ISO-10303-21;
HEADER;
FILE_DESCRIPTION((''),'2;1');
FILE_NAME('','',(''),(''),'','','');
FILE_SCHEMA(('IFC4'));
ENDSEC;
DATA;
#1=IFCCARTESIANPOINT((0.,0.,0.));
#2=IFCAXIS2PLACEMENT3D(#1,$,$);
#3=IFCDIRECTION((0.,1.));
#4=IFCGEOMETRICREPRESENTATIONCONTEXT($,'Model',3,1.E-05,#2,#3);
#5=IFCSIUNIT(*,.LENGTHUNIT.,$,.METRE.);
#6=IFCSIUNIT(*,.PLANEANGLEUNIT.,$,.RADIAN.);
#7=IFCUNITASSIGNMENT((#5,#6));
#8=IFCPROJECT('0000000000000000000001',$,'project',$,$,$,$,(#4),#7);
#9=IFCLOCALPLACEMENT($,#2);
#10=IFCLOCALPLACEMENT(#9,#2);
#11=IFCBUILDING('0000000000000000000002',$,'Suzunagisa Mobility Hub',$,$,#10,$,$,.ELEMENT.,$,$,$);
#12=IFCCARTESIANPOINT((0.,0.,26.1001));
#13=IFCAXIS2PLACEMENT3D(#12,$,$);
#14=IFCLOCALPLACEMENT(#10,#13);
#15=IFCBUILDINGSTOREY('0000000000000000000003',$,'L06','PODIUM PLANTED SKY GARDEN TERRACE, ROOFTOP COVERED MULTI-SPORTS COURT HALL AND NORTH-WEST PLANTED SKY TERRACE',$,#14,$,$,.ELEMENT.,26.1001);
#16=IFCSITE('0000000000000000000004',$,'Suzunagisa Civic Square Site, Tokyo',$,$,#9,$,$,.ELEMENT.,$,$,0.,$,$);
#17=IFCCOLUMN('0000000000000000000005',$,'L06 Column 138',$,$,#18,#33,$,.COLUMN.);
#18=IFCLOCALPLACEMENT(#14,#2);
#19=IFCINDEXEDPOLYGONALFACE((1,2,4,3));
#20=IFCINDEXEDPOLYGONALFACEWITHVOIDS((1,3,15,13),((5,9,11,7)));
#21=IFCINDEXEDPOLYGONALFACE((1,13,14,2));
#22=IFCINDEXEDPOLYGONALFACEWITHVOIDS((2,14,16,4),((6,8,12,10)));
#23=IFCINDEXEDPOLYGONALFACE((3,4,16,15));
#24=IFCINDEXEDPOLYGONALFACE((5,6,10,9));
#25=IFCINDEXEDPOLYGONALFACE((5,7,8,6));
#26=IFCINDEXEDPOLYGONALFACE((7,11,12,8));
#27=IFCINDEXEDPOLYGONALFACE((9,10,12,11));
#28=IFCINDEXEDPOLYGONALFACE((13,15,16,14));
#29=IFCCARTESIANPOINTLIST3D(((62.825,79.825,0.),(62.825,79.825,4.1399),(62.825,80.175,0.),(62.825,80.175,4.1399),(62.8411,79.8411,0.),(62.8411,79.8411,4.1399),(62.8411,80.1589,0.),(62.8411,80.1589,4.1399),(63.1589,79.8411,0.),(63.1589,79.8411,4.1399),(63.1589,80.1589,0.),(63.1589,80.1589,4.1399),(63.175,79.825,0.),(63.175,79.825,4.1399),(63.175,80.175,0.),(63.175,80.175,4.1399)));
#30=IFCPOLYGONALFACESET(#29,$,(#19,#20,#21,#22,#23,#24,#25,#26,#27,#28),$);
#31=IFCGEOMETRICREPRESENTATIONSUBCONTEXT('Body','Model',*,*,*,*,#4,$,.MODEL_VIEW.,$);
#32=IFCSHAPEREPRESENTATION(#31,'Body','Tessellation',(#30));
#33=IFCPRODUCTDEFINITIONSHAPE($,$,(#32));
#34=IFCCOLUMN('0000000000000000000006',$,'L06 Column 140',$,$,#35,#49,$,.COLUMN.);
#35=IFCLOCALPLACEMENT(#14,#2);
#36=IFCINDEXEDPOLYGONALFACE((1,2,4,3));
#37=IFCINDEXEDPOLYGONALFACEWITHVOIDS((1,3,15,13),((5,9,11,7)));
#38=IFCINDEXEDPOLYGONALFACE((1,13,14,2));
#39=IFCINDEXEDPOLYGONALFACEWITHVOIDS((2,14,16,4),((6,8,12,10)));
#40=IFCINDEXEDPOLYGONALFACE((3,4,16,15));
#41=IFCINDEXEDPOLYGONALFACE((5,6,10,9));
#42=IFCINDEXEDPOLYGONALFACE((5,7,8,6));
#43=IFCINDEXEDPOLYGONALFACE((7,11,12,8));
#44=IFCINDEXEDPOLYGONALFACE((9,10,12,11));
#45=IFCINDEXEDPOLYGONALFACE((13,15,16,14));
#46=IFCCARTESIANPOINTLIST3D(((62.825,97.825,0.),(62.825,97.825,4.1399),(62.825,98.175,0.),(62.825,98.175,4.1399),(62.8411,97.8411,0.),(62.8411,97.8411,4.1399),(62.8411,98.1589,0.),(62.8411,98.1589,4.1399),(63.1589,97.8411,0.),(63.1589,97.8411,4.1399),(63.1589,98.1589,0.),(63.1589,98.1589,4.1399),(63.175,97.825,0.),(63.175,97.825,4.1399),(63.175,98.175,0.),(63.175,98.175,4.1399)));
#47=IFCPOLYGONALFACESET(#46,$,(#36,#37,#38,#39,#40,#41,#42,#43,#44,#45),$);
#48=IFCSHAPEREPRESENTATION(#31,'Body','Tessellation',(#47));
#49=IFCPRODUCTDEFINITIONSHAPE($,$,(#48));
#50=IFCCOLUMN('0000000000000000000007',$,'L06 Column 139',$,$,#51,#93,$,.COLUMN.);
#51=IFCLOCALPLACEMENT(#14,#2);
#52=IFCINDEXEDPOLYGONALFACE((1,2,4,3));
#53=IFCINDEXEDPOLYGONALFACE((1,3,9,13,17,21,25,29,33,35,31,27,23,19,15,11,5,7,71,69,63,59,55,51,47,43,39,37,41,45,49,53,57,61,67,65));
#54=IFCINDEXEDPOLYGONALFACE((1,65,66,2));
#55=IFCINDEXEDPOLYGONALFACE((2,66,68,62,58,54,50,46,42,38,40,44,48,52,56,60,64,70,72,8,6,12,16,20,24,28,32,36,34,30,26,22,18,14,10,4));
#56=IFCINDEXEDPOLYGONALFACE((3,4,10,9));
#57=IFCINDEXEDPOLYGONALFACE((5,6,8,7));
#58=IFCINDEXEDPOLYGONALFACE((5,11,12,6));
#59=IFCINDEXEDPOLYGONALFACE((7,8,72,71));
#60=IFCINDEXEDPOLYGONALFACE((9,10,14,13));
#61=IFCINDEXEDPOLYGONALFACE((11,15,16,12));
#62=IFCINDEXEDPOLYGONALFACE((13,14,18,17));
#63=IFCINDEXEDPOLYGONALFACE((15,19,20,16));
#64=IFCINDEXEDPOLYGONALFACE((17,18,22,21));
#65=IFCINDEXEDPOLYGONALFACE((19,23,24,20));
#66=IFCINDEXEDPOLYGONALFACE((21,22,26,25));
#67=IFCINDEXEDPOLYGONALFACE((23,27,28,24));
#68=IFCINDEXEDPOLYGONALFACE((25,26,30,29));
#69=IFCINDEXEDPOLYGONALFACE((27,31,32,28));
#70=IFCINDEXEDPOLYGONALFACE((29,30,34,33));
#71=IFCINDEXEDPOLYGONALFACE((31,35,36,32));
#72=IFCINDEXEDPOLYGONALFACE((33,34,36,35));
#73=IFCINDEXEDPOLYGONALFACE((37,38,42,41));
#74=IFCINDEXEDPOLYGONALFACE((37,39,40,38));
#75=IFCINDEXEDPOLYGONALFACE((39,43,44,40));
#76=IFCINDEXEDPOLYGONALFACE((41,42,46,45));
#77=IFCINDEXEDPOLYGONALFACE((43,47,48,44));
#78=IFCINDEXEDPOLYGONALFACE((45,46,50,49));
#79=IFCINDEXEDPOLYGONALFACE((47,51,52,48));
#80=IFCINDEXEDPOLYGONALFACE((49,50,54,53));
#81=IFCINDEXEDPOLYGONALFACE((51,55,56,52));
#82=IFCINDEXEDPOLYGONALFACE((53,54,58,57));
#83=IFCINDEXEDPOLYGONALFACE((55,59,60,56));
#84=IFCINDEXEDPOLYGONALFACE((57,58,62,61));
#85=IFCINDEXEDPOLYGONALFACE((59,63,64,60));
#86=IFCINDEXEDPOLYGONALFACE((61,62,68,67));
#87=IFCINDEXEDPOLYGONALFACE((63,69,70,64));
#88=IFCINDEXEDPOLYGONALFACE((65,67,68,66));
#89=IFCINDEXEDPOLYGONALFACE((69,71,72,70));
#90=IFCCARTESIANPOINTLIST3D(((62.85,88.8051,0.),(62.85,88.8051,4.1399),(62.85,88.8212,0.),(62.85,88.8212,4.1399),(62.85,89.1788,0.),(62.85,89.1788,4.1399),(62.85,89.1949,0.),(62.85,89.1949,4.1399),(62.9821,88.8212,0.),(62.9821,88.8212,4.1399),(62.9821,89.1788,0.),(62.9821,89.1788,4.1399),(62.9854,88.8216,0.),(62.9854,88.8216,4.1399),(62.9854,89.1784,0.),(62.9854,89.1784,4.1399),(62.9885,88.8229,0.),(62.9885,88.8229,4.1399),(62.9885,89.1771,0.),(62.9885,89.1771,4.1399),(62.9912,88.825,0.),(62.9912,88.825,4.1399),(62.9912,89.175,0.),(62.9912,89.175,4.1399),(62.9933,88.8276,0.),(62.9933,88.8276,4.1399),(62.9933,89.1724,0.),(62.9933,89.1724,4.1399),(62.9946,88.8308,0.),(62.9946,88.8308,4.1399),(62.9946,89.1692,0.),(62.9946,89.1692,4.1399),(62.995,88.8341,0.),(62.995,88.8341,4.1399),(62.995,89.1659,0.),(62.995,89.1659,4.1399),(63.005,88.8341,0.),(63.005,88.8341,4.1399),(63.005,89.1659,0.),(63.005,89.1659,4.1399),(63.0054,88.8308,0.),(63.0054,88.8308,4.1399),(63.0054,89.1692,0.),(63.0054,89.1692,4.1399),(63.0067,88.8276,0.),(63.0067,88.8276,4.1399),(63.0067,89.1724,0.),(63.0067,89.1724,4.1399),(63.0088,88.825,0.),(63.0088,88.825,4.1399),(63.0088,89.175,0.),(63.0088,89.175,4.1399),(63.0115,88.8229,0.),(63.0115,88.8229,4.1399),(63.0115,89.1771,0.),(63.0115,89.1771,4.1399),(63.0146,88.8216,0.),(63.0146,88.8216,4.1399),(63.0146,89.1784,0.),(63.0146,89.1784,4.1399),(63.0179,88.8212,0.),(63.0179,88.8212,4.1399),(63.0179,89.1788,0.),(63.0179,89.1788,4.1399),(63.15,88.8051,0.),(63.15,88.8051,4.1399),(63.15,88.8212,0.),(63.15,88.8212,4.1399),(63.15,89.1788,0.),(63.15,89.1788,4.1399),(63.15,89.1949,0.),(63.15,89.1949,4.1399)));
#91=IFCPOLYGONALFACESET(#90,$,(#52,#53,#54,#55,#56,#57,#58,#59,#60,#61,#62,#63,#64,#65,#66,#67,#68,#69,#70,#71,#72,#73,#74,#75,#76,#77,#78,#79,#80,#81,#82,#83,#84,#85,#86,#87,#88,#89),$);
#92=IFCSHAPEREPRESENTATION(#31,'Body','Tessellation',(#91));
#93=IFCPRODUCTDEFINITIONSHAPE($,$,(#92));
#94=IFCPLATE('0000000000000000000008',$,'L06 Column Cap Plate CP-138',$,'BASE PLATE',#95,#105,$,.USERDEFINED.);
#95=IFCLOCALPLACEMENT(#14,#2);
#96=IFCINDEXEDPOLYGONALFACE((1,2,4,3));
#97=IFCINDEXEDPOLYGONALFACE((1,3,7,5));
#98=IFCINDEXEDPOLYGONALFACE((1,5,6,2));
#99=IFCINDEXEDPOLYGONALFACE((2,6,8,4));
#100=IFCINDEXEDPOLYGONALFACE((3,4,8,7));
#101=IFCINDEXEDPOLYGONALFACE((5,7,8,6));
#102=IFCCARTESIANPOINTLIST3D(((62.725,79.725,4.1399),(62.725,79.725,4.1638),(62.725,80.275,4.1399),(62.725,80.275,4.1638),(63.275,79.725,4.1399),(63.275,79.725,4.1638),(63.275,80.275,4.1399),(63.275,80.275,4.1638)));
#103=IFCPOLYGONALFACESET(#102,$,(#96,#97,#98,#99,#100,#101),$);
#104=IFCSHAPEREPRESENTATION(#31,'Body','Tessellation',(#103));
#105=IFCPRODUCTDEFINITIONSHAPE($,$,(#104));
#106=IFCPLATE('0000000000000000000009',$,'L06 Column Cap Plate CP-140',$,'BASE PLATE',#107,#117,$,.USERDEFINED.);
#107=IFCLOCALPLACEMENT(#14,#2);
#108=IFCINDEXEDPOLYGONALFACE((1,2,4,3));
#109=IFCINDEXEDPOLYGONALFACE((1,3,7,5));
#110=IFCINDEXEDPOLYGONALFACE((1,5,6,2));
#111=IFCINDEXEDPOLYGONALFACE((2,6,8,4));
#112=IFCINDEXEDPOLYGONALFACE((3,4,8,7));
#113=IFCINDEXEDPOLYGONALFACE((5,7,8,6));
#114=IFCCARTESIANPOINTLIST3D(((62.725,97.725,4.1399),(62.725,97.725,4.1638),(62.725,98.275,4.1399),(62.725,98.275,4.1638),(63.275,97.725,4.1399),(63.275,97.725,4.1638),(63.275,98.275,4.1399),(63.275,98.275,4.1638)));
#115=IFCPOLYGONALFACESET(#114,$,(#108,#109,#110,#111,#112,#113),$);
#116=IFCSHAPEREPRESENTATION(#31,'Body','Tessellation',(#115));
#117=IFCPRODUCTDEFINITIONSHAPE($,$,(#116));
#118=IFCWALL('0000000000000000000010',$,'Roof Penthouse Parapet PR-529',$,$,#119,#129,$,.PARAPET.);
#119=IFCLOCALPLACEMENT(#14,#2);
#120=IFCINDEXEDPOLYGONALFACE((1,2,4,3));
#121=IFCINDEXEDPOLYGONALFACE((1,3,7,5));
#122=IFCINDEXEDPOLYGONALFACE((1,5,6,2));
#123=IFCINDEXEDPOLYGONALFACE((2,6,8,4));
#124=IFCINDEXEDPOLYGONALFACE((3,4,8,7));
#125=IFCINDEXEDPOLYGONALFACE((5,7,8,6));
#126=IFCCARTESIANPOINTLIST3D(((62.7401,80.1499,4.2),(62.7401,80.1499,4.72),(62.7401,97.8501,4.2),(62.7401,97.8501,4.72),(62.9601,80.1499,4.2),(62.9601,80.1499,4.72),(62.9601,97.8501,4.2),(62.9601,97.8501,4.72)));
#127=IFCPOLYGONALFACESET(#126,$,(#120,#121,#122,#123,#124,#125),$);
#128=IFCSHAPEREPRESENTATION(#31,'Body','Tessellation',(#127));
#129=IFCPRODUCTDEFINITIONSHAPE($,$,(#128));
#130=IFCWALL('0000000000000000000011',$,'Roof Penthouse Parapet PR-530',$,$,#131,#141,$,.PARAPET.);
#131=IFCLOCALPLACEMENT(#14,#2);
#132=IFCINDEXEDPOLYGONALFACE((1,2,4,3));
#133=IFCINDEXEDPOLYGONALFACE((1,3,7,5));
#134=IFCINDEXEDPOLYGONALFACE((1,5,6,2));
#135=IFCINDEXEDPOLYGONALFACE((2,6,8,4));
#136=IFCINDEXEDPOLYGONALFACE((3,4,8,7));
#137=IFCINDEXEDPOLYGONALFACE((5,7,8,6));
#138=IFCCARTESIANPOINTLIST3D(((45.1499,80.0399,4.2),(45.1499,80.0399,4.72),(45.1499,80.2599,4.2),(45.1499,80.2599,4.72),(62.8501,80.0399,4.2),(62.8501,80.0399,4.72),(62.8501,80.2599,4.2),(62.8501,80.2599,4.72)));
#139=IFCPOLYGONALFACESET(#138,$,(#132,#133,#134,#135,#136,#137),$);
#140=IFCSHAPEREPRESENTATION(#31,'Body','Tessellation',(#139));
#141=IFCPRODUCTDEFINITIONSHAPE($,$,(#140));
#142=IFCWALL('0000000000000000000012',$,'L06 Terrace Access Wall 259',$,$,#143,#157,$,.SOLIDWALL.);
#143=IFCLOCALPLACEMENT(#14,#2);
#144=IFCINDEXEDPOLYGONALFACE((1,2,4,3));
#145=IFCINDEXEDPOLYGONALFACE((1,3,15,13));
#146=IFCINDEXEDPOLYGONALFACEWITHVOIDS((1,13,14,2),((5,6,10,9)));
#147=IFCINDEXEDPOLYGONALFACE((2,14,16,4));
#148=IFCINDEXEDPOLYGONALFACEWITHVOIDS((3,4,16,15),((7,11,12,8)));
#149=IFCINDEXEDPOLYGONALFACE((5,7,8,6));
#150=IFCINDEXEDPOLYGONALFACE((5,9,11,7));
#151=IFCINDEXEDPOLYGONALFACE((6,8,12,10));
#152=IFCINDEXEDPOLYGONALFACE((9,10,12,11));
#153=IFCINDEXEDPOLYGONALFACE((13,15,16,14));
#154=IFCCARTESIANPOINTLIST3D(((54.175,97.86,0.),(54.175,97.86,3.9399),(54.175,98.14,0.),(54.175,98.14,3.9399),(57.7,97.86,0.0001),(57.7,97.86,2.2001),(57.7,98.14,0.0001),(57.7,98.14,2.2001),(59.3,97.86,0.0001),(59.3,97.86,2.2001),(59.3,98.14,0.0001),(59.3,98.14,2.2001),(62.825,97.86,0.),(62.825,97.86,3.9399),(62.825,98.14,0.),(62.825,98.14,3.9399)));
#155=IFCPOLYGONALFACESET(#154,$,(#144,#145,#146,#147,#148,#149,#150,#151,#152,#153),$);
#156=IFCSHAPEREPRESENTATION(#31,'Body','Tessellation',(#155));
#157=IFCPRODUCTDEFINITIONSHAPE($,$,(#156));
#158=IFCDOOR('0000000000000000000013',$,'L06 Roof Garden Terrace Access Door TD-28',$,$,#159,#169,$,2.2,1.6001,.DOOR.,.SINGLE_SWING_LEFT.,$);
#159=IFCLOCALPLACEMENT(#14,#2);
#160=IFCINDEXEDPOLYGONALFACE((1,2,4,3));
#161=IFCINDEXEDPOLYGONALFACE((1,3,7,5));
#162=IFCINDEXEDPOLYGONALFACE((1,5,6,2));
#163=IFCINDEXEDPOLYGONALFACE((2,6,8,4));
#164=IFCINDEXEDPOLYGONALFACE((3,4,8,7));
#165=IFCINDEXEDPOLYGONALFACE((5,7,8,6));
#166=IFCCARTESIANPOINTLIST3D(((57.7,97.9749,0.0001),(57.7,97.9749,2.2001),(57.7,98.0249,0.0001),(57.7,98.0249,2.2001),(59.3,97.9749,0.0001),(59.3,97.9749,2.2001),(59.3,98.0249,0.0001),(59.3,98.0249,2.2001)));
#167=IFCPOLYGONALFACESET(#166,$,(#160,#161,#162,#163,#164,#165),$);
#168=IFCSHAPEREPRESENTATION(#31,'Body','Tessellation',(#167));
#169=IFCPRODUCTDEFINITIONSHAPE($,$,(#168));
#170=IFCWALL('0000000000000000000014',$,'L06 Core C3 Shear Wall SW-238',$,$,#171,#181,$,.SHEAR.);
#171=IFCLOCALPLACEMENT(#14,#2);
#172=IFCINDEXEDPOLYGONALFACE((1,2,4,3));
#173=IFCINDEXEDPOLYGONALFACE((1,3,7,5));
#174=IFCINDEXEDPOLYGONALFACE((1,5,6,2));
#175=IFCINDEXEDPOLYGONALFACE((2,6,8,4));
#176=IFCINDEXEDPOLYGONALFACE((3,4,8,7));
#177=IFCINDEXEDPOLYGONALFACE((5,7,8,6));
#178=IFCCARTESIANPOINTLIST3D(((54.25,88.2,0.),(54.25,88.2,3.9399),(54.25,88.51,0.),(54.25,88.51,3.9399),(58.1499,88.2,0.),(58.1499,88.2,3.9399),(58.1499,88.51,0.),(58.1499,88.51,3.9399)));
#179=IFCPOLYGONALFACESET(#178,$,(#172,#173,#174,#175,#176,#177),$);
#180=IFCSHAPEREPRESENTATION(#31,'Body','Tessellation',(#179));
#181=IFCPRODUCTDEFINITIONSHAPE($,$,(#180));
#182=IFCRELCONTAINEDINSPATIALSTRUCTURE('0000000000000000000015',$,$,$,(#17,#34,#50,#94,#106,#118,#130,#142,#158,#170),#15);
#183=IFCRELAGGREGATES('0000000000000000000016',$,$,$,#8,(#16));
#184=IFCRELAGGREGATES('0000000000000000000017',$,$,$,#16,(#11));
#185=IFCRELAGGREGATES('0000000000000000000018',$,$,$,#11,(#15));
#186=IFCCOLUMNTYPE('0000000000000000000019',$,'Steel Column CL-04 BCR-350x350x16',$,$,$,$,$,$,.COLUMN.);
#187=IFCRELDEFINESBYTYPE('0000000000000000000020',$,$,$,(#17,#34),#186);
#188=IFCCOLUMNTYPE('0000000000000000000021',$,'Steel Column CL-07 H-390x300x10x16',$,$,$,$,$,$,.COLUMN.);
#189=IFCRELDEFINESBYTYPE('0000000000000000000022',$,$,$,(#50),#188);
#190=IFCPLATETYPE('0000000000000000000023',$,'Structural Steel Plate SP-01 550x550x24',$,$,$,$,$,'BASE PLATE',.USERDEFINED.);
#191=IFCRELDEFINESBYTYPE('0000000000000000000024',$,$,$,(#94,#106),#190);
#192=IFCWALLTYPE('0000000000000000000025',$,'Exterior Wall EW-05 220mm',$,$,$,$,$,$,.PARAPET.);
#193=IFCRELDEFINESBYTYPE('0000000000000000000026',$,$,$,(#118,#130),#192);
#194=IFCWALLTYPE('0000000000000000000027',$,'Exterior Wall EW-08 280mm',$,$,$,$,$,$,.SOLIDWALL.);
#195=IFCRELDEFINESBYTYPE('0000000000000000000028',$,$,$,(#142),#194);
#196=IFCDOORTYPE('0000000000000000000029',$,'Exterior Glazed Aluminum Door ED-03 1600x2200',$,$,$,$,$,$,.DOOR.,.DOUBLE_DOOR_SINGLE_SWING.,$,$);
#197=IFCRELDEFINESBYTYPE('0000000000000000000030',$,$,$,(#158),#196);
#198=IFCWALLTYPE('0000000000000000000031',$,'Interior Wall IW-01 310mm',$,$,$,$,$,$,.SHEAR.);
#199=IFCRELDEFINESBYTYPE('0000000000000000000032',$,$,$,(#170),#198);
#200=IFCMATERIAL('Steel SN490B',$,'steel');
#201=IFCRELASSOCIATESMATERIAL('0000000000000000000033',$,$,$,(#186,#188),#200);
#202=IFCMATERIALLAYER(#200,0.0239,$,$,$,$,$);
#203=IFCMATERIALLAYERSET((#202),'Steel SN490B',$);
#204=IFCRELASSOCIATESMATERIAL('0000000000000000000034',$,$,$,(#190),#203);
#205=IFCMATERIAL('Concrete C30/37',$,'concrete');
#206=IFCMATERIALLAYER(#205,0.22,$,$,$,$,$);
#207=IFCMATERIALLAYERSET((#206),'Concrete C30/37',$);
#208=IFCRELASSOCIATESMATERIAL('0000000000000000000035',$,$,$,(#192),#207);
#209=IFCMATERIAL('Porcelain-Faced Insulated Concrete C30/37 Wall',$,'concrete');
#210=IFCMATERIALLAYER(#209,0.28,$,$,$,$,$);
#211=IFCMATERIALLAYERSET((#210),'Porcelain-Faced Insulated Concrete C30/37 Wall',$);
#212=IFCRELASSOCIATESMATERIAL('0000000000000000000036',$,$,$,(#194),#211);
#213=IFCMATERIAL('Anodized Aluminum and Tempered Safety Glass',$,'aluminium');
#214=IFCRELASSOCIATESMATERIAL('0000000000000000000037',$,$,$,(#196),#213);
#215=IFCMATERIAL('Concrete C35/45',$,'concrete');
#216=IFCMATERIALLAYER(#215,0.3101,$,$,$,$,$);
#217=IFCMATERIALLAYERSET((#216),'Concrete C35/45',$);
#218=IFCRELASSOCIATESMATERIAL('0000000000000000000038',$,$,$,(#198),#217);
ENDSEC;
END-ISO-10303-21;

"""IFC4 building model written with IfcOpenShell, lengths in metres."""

from ifc_helpers import new_model, si_unit, direction, frame, frame_2d, origin, origin_2d, place, context, subcontext, project, spatial, rectangle, hollow_rectangle, i_section, extrude, material, layer, layer_set, material_profile, profile_set, type_object, element, fill, save


model = new_model("IFC4")

# Units and contexts
model_context = context("Model", 3, precision=1e-05, world=origin(), true_north=direction((0.0, 1.0)))
body_context = subcontext(model_context, "Body", "Model", "MODEL_VIEW")
ifc_project = project(units=[si_unit("LENGTHUNIT", "METRE"), si_unit("PLANEANGLEUNIT", "RADIAN")], contexts=[model_context])

# Site, building, storey
site_placement = place(None, origin())
site = spatial("IfcSite", under=ifc_project, at=site_placement, Name="Suzunagisa Civic Square Site, Tokyo", CompositionType="ELEMENT", RefElevation=0.0)
building_placement = place(site_placement, origin())
building = spatial("IfcBuilding", under=site, at=building_placement, Name="Suzunagisa Mobility Hub", CompositionType="ELEMENT")
storey_placement = place(building_placement, frame((0.0, 0.0, 26.1001)))
storey = spatial("IfcBuildingStorey", under=building, at=storey_placement, Name="L06", Description="PODIUM PLANTED SKY GARDEN TERRACE, ROOFTOP COVERED MULTI-SPORTS COURT HALL AND NORTH-WEST PLANTED SKY TERRACE", CompositionType="ELEMENT", Elevation=26.1001)

# Columns
ifc_material_1 = material(Name="Steel SN490B", Category="steel")
ifc_material_profile_1 = material_profile(ifc_material_1, hollow_rectangle(XDim=0.3501, YDim=0.3501, WallThickness=0.0161, at=origin_2d()), Name="BCR-350x350x16")
ifc_profile_set_1 = profile_set([ifc_material_profile_1], Name="Steel SN490B")
column_type_1 = type_object("IfcColumnType", Name="Steel Column CL-04 BCR-350x350x16", PredefinedType="COLUMN", material=ifc_profile_set_1)
for number, where, z_axis, x_axis, name in (
    (1, (63.0, 80.0, 0.0), (0.0, 0.0, 1.0), (1.0, 0.0, 0.0), "L06 Column 138"),
    (2, (63.0, 98.0, 0.0), (0.0, 0.0, 1.0), (1.0, 0.0, 0.0), "L06 Column 140"),
):
    element("IfcColumn", number, at=place(storey_placement, frame(where, z_axis=z_axis, x_axis=x_axis)), inside=storey, type_object=column_type_1, Name=name, PredefinedType="COLUMN", context=body_context, shape_type="SweptSolid", body=[
        extrude(hollow_rectangle(XDim=0.3501, YDim=0.3501, WallThickness=0.0161, at=origin_2d()), origin(), (0.0, 0.0, 1.0), 4.1399),
    ])
ifc_material_profile_2 = material_profile(ifc_material_1, i_section(OverallWidth=0.3, OverallDepth=0.3899, WebThickness=0.01, FlangeThickness=0.0161, FilletRadius=0.0129, at=origin_2d()), Name="H-390x300x10x16")
ifc_profile_set_2 = profile_set([ifc_material_profile_2], Name="Steel SN490B")
column_type_2 = type_object("IfcColumnType", Name="Steel Column CL-07 H-390x300x10x16", PredefinedType="COLUMN", material=ifc_profile_set_2)
column_placement = place(storey_placement, frame((63.0, 89.0, 0.0), z_axis=(0.0, 0.0, 1.0), x_axis=(1.0, 0.0, 0.0)))
element("IfcColumn", 3, at=column_placement, inside=storey, type_object=column_type_2, Name="L06 Column 139", PredefinedType="COLUMN", context=body_context, shape_type="SweptSolid", body=[
    extrude(i_section(OverallWidth=0.3, OverallDepth=0.3899, WebThickness=0.01, FlangeThickness=0.0161, FilletRadius=0.0129, at=origin_2d()), origin(), (0.0, 0.0, 1.0), 4.1399),
])

# Plates
ifc_layer_1 = layer(ifc_material_1, 0.0239)
ifc_layer_set_1 = layer_set([ifc_layer_1], Name="Steel SN490B")
plate_type = type_object("IfcPlateType", Name="Structural Steel Plate SP-01 550x550x24", ElementType="BASE PLATE", PredefinedType="USERDEFINED", material=ifc_layer_set_1)
for number, where, z_axis, x_axis, name in (
    (4, (63.0, 80.0, 4.1399), (0.0, 0.0, 1.0), (1.0, 0.0, 0.0), "L06 Column Cap Plate CP-138"),
    (5, (63.0, 98.0, 4.1399), (0.0, 0.0, 1.0), (1.0, 0.0, 0.0), "L06 Column Cap Plate CP-140"),
):
    element("IfcPlate", number, at=place(storey_placement, frame(where, z_axis=z_axis, x_axis=x_axis)), inside=storey, type_object=plate_type, Name=name, ObjectType="BASE PLATE", PredefinedType="USERDEFINED", context=body_context, shape_type="SweptSolid", body=[
        extrude(rectangle(XDim=0.55, YDim=0.55, at=origin_2d()), origin(), (0.0, 0.0, 1.0), 0.0239),
    ])

# Walls
ifc_material_2 = material(Name="Concrete C30/37", Category="concrete")
ifc_layer_2 = layer(ifc_material_2, 0.22)
ifc_layer_set_2 = layer_set([ifc_layer_2], Name="Concrete C30/37")
wall_type_1 = type_object("IfcWallType", Name="Exterior Wall EW-05 220mm", PredefinedType="PARAPET", material=ifc_layer_set_2)
for number, where, z_axis, x_axis, name in (
    (6, (62.8501, 97.8501, 4.2), (0.0, 0.0, 1.0), (0.0, -1.0, 0.0), "Roof Penthouse Parapet PR-529"),
    (7, (62.8501, 80.1499, 4.2), (0.0, 0.0, 1.0), (-1.0, 0.0, 0.0), "Roof Penthouse Parapet PR-530"),
):
    element("IfcWall", number, at=place(storey_placement, frame(where, z_axis=z_axis, x_axis=x_axis)), inside=storey, type_object=wall_type_1, Name=name, PredefinedType="PARAPET", context=body_context, shape_type="SweptSolid", body=[
        extrude(rectangle(XDim=17.7002, YDim=0.22, at=frame_2d((8.8501, 0.0))), origin(), (0.0, 0.0, 1.0), 0.52),
    ])

# Wall, opening, door
ifc_material_3 = material(Name="Porcelain-Faced Insulated Concrete C30/37 Wall", Category="concrete")
ifc_layer_3 = layer(ifc_material_3, 0.28)
ifc_layer_set_3 = layer_set([ifc_layer_3], Name="Porcelain-Faced Insulated Concrete C30/37 Wall")
wall_type_2 = type_object("IfcWallType", Name="Exterior Wall EW-08 280mm", PredefinedType="SOLIDWALL", material=ifc_layer_set_3)
wall_1_placement = place(storey_placement, frame((62.825, 98.0, 0.0), z_axis=(0.0, 0.0, 1.0), x_axis=(-1.0, 0.0, 0.0)))
wall_1 = element("IfcWall", 8, at=wall_1_placement, inside=storey, type_object=wall_type_2, Name="L06 Terrace Access Wall 259", PredefinedType="SOLIDWALL", context=body_context, shape_type="SweptSolid", body=[
    extrude(rectangle(XDim=8.6499, YDim=0.28, at=frame_2d((4.325, 0.0))), origin(), (0.0, 0.0, 1.0), 3.9399),
])
opening_1_placement = place(wall_1_placement, frame((5.125, 0.0, 0.0), z_axis=(0.0, 0.0, 1.0), x_axis=(-1.0, 0.0, 0.0)))
opening_1 = element("IfcOpeningElement", 9, at=opening_1_placement, cuts=wall_1, PredefinedType="OPENING", context=body_context, shape_type="SweptSolid", body=[
    extrude(rectangle(XDim=1.6001, YDim=2.2, at=frame_2d((0.8, 1.1001))), frame((0.0, 0.1509, 0.0), z_axis=(0.0, -1.0, 0.0), x_axis=(1.0, 0.0, 0.0)), (0.0, 0.0, 1.0), 0.302),
])
ifc_material_4 = material(Name="Anodized Aluminum and Tempered Safety Glass", Category="aluminium")
door_type_1 = type_object("IfcDoorType", Name="Exterior Glazed Aluminum Door ED-03 1600x2200", OperationType="DOUBLE_DOOR_SINGLE_SWING", PredefinedType="DOOR", material=ifc_material_4)
door_1_placement = place(opening_1_placement, origin())
door_1 = element("IfcDoor", 10, at=door_1_placement, inside=storey, type_object=door_type_1, Name="L06 Roof Garden Terrace Access Door TD-28", OperationType="SINGLE_SWING_LEFT", OverallHeight=2.2, OverallWidth=1.6001, PredefinedType="DOOR", context=body_context, shape_type="SweptSolid", body=[
    extrude(rectangle(XDim=1.6001, YDim=2.2, at=frame_2d((0.8, 1.1001))), frame((0.0, 0.0249, 0.0), z_axis=(0.0, -1.0, 0.0), x_axis=(1.0, 0.0, 0.0)), (0.0, 0.0, 1.0), 0.05),
])
fill(opening_1, door_1)

# Wall
ifc_material_5 = material(Name="Concrete C35/45", Category="concrete")
ifc_layer_4 = layer(ifc_material_5, 0.3101)
ifc_layer_set_4 = layer_set([ifc_layer_4], Name="Concrete C35/45")
wall_type_3 = type_object("IfcWallType", Name="Interior Wall IW-01 310mm", PredefinedType="SHEAR", material=ifc_layer_set_4)
wall_2_placement = place(storey_placement, frame((54.25, 88.355, 0.0), z_axis=(0.0, 0.0, 1.0), x_axis=(1.0, 0.0, 0.0)))
element("IfcWall", 11, at=wall_2_placement, inside=storey, type_object=wall_type_3, Name="L06 Core C3 Shear Wall SW-238", PredefinedType="SHEAR", context=body_context, shape_type="SweptSolid", body=[
    extrude(rectangle(XDim=3.8999, YDim=0.3101, at=frame_2d((1.95, 0.0))), origin(), (0.0, 0.0, 1.0), 3.9399),
])

save(model, "model.ifc")
